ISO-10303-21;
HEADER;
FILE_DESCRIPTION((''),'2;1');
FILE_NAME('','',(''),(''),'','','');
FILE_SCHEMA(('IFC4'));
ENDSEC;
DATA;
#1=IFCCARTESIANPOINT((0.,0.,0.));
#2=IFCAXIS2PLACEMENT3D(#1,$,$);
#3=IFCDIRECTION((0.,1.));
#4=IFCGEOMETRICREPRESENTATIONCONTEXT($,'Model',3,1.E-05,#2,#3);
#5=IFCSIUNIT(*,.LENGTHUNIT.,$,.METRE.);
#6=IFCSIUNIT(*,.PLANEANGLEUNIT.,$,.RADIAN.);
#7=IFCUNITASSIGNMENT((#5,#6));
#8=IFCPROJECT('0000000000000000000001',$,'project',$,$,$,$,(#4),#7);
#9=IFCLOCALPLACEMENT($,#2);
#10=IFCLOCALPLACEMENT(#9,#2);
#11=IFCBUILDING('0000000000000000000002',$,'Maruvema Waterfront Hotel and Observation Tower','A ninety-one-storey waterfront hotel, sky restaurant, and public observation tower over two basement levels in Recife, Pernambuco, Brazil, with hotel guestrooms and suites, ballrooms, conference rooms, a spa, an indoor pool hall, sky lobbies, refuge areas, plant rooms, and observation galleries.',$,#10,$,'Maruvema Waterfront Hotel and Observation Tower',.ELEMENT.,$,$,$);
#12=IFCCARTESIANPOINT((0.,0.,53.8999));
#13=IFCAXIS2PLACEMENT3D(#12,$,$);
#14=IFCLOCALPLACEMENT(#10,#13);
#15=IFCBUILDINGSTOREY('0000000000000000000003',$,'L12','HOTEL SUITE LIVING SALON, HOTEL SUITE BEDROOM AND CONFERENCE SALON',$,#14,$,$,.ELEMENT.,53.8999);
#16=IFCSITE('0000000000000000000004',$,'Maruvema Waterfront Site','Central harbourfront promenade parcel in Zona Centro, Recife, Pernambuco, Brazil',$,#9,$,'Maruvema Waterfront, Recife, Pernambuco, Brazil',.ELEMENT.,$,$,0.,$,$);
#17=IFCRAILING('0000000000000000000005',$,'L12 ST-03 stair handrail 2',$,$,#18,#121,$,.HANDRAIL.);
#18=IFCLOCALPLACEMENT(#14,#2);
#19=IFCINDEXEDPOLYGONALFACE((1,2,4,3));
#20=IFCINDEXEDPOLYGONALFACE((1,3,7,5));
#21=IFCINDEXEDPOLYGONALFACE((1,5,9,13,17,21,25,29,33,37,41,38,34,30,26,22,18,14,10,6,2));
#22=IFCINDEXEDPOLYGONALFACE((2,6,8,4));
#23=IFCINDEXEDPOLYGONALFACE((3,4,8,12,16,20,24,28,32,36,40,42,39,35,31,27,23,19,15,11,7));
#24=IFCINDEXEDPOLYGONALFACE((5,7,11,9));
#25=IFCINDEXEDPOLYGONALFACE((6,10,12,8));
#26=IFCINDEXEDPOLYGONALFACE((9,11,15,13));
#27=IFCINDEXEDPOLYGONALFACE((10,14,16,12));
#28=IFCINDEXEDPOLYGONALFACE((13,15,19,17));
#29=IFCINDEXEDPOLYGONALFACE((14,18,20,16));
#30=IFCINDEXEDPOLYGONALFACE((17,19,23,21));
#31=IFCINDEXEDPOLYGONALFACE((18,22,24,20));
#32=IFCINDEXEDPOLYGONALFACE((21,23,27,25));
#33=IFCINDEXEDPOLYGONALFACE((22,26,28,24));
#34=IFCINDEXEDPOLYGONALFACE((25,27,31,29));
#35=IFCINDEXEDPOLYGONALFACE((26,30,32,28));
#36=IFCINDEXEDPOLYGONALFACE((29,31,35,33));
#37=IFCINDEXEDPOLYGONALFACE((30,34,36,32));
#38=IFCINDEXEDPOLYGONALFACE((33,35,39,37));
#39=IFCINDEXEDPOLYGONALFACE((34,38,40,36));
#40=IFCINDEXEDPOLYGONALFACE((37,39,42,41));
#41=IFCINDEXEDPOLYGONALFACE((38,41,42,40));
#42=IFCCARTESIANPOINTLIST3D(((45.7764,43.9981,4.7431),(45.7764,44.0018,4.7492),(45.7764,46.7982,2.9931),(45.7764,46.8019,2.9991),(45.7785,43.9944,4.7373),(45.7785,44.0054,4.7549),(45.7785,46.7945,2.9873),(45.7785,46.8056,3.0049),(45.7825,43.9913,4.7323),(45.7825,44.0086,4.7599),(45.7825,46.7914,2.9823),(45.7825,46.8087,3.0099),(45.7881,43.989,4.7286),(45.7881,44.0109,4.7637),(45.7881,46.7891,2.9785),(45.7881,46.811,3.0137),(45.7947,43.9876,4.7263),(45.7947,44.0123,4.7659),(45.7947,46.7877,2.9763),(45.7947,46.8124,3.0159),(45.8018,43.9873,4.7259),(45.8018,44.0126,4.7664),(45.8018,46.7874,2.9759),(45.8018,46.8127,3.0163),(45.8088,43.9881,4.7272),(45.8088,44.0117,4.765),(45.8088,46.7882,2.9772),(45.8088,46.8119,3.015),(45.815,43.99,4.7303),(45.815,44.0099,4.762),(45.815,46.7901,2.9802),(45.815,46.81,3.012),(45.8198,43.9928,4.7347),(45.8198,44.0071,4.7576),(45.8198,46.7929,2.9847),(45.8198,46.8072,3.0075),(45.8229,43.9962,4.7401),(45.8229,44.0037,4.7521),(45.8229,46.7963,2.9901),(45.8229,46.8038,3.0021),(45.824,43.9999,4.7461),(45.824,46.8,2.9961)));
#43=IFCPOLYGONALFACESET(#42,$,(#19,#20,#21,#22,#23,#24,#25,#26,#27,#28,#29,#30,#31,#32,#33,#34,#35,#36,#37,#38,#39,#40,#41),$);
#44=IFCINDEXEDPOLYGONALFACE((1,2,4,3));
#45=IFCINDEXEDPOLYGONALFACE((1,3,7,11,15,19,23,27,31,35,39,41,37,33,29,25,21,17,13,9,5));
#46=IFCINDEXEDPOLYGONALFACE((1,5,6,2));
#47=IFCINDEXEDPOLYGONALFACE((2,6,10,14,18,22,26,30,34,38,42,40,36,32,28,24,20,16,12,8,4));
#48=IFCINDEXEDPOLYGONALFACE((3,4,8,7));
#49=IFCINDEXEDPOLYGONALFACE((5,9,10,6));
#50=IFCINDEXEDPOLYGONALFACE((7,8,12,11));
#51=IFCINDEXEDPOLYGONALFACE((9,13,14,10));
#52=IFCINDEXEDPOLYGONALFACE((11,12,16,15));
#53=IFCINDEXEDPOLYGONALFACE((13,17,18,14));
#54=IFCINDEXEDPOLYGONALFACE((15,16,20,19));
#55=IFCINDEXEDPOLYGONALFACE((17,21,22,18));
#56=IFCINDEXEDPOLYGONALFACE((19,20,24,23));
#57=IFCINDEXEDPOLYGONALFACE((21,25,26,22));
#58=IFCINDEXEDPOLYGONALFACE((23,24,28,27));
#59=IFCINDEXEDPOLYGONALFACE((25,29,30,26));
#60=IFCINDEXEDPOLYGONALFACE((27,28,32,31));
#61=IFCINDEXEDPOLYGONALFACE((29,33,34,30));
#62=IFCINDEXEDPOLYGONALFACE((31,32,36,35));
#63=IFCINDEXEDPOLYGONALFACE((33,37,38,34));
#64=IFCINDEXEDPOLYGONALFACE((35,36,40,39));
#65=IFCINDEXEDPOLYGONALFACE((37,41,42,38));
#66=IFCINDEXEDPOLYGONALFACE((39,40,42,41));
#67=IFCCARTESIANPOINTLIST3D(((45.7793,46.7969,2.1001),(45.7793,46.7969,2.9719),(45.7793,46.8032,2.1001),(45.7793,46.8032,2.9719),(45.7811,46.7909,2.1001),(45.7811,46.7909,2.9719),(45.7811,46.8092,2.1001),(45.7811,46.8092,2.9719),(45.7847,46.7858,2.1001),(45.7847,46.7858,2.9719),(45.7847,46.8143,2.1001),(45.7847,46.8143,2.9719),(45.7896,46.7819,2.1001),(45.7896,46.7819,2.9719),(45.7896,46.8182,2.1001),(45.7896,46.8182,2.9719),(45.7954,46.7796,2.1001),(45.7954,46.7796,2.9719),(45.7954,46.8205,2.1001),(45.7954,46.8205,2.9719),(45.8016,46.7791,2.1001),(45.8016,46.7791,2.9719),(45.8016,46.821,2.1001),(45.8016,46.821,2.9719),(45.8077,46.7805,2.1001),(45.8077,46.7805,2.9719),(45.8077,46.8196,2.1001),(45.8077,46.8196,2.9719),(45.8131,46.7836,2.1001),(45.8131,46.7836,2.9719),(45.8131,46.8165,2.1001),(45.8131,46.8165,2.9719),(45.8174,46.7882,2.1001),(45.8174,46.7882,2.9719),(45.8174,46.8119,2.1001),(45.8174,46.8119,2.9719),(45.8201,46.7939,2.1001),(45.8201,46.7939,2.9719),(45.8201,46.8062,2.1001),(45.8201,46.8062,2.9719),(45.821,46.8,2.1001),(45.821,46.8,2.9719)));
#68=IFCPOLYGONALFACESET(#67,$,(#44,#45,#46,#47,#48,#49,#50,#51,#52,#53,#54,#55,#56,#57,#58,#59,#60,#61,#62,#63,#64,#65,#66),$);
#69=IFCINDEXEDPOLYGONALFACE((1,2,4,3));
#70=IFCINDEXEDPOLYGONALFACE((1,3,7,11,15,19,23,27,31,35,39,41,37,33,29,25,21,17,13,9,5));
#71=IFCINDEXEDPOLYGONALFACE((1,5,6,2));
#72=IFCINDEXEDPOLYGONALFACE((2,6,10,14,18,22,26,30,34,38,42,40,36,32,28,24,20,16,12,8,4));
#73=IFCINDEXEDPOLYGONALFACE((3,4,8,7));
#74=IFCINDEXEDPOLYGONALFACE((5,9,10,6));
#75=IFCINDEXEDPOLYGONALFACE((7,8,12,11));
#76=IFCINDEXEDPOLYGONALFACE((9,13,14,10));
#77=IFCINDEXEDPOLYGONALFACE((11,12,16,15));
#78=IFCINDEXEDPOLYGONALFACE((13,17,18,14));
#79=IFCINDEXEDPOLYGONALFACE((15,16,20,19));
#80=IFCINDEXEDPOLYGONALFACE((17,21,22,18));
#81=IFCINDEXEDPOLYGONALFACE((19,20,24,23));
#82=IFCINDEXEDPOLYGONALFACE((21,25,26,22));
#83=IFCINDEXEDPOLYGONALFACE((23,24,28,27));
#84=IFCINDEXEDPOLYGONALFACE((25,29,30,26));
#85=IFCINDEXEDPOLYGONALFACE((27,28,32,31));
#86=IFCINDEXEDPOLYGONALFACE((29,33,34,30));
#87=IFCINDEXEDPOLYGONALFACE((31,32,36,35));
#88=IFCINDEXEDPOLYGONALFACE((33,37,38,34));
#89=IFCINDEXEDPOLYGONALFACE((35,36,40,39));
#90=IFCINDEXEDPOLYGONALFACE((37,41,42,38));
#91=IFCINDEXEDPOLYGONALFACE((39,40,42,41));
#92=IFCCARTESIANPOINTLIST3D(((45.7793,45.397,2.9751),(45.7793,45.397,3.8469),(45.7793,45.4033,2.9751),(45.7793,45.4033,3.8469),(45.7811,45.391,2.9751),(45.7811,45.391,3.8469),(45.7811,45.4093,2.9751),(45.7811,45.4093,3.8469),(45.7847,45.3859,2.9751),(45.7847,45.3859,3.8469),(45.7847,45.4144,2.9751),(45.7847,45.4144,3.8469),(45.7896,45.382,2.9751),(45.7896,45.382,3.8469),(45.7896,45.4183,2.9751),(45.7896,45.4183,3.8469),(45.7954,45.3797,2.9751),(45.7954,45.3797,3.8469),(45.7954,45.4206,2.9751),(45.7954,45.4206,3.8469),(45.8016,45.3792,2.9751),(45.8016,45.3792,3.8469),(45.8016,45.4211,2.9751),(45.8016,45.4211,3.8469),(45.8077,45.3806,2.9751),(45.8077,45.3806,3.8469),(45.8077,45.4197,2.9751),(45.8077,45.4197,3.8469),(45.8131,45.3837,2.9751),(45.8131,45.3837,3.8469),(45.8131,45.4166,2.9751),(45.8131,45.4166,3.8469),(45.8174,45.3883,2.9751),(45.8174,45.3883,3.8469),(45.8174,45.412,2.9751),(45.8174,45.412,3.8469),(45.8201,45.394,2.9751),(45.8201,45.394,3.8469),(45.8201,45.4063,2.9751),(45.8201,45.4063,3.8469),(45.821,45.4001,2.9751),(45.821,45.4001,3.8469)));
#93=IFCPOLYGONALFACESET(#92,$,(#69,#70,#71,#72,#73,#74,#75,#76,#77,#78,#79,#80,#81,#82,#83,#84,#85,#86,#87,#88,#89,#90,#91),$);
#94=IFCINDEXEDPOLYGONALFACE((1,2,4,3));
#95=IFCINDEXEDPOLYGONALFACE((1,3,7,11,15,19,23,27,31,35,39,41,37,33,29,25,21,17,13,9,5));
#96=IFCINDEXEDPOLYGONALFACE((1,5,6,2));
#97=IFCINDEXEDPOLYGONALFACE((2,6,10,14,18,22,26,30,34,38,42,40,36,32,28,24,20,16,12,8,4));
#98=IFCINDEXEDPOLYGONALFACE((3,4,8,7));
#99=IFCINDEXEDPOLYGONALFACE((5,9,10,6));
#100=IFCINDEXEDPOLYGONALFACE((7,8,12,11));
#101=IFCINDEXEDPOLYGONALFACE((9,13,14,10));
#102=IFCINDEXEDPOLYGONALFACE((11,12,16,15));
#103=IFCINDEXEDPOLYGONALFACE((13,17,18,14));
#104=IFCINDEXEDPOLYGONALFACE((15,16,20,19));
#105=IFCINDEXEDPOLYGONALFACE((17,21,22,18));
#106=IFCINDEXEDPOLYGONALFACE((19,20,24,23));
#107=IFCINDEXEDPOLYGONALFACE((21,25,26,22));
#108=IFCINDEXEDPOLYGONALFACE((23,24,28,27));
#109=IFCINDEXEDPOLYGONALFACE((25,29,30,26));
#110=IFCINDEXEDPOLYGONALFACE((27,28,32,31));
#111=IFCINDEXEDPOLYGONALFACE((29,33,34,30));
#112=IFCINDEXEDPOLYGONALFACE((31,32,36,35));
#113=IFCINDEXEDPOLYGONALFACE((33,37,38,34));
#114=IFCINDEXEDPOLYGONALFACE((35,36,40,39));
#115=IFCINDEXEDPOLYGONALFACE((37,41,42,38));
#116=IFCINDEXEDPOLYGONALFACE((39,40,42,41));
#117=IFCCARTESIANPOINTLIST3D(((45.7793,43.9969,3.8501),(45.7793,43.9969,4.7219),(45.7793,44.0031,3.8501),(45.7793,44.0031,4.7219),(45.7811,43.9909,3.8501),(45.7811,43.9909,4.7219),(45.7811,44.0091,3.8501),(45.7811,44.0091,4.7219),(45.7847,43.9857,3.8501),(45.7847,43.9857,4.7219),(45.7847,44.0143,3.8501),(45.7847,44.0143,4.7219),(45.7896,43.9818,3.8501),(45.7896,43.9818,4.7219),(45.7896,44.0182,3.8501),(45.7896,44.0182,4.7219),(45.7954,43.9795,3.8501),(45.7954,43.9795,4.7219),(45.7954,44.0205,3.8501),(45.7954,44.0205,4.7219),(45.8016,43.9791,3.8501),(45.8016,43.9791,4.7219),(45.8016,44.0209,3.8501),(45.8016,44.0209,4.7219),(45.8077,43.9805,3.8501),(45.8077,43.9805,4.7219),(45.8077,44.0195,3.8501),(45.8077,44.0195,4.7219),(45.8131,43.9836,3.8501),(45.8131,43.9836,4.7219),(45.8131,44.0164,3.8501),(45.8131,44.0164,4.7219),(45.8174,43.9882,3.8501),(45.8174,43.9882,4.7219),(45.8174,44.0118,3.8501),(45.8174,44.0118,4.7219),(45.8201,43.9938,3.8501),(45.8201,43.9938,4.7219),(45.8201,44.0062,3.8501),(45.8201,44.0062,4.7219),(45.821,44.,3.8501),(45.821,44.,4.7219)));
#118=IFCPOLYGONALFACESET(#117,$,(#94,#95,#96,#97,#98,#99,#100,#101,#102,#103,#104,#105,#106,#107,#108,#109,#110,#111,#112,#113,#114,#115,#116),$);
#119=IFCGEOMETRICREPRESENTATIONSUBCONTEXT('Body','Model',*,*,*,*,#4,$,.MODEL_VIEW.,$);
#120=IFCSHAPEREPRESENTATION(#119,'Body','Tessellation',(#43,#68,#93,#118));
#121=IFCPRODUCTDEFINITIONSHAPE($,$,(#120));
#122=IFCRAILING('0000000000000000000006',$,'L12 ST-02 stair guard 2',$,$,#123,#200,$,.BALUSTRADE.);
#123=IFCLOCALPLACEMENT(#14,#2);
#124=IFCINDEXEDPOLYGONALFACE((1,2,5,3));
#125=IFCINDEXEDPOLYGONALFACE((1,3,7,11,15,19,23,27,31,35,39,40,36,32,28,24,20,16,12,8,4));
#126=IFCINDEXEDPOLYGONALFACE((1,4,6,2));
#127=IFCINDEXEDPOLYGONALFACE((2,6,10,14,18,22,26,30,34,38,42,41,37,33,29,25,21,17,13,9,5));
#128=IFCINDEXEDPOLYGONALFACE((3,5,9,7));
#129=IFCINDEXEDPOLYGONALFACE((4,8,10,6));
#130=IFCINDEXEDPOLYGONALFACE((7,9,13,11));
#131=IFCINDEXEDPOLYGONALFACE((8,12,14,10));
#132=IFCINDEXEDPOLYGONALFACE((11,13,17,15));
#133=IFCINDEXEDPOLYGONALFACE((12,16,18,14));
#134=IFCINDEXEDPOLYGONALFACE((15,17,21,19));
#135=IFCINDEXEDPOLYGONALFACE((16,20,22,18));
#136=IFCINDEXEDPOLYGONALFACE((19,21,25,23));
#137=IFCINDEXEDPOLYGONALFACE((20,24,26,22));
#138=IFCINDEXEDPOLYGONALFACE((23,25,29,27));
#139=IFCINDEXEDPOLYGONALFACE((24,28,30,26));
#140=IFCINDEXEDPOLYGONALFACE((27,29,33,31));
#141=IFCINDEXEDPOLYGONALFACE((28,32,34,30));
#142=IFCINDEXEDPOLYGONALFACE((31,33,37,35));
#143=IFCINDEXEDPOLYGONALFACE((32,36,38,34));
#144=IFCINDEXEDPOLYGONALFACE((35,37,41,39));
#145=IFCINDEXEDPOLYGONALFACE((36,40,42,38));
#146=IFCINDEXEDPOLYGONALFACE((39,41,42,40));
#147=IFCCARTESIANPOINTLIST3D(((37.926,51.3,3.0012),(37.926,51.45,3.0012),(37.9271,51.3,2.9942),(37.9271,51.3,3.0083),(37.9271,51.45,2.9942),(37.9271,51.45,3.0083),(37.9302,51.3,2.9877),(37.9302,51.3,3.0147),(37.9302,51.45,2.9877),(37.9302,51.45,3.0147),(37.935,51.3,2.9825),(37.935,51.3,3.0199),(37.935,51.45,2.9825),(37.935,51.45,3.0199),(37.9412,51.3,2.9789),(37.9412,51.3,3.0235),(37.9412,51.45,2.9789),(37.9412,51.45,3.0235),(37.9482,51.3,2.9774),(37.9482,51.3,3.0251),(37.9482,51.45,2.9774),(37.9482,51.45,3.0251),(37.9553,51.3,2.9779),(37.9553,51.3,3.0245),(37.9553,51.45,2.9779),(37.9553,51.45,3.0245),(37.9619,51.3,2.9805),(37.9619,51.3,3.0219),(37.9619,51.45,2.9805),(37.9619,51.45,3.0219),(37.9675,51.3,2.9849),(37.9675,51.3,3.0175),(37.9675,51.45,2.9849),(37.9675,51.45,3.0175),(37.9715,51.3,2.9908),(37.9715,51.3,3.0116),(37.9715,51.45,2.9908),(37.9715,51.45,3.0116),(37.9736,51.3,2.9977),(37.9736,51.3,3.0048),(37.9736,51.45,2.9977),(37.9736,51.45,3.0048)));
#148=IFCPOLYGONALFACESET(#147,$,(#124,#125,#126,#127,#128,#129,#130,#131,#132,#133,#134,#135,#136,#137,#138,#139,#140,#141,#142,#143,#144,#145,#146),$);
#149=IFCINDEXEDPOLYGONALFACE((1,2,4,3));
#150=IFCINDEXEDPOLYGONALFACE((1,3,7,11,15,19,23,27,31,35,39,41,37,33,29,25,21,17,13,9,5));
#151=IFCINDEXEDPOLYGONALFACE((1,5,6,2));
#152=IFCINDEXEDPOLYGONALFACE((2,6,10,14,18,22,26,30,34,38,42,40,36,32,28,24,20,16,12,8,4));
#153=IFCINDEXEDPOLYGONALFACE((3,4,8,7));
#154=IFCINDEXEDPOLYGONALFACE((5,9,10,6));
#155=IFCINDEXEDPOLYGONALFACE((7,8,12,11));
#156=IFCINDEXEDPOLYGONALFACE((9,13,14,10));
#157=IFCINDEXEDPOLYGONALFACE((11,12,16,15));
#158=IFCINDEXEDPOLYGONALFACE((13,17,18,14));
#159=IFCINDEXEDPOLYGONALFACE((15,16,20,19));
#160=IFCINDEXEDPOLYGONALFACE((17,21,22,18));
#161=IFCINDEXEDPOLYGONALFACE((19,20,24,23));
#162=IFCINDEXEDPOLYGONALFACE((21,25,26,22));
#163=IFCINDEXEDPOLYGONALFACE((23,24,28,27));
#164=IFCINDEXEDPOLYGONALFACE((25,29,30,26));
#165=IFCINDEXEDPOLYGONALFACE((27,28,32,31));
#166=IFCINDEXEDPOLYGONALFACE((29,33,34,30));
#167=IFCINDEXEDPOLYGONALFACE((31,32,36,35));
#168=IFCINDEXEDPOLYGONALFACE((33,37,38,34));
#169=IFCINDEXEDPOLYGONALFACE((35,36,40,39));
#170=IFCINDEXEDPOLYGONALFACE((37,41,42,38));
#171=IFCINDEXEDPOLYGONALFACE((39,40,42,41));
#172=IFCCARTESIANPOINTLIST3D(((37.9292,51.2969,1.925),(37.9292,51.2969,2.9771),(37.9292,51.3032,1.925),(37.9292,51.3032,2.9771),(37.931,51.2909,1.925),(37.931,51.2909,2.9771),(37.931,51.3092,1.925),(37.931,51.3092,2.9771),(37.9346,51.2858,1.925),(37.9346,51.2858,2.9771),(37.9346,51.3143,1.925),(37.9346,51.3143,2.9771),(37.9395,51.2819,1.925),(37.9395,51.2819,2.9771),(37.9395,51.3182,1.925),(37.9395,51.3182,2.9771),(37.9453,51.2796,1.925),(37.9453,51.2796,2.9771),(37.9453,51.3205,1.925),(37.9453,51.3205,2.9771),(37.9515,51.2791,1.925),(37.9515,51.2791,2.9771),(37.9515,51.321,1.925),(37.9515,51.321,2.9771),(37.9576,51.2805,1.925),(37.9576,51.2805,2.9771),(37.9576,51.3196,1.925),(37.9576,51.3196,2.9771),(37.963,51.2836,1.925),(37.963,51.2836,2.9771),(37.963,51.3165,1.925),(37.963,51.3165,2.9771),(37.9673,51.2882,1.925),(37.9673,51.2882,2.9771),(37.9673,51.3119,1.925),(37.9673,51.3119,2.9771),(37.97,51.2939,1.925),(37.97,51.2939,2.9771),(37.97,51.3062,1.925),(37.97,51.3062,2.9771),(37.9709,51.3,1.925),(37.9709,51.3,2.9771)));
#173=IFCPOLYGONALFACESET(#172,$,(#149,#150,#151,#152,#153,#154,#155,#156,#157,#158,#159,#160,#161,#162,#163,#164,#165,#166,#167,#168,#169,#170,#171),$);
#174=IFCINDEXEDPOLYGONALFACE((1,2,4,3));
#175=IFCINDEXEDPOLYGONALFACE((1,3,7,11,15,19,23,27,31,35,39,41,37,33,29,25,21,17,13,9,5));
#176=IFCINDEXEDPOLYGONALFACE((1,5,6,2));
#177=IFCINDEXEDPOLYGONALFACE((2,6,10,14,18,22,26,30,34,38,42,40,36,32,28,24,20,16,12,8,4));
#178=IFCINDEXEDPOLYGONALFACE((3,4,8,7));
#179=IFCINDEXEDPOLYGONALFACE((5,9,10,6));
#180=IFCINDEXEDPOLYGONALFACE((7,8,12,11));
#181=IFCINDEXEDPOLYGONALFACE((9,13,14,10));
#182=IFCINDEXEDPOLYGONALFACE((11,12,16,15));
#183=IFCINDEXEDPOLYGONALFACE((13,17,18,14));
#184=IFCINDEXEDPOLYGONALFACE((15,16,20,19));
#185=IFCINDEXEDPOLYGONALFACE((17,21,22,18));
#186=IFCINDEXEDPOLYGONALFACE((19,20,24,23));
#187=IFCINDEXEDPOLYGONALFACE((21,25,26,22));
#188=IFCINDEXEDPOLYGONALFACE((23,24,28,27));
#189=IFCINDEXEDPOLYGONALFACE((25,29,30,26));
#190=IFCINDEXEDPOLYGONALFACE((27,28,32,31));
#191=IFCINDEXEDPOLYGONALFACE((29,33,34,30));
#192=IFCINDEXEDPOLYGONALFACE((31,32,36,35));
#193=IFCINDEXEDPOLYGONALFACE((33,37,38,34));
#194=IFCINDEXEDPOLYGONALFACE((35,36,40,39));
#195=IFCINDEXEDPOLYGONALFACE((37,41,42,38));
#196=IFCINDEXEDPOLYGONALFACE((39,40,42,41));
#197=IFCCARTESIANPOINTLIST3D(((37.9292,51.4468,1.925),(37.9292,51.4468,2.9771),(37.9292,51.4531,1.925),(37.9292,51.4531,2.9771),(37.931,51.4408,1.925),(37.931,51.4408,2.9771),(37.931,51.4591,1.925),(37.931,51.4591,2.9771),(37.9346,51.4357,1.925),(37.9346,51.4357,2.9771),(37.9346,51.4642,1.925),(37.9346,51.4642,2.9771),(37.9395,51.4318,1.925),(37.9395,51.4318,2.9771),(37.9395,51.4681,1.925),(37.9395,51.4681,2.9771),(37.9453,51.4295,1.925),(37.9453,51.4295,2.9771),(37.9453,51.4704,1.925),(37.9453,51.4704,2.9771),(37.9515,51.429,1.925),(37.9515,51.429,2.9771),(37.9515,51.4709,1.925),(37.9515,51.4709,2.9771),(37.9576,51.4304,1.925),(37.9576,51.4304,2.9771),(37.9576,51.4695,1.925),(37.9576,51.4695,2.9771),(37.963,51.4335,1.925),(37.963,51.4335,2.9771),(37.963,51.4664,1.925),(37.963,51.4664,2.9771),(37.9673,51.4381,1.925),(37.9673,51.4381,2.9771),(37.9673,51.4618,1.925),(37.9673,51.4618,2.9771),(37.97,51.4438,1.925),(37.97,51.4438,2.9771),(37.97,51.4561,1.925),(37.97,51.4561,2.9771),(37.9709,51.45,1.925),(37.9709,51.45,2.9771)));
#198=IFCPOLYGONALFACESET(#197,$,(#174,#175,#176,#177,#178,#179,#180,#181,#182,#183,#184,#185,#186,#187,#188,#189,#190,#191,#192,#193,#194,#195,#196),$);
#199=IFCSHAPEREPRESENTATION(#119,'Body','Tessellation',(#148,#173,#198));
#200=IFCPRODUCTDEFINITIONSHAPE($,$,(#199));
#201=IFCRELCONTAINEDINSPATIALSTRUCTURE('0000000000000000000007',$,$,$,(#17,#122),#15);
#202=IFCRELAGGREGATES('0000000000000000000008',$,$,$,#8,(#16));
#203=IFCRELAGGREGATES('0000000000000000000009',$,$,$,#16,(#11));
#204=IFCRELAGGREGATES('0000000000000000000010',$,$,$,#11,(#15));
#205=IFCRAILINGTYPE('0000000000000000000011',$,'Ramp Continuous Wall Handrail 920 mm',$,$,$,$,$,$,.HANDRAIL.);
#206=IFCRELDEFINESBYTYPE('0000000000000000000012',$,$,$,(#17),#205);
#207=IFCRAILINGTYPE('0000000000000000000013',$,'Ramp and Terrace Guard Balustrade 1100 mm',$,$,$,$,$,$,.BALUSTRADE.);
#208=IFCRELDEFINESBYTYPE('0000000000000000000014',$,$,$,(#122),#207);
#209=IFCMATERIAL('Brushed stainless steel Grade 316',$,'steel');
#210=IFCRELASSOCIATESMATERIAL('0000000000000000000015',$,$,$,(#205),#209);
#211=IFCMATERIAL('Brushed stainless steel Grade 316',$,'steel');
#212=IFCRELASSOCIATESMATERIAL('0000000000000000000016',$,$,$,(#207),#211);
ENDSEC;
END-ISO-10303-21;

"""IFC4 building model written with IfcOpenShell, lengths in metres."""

from ifc_helpers import new_model, si_unit, direction, frame, origin, origin_2d, place, context, subcontext, project, spatial, circle, extrude, material, type_object, element, save


model = new_model("IFC4")

# Units and contexts
model_context = context("Model", 3, precision=1e-05, world=origin(), true_north=direction((0.0, 1.0)))
body_context = subcontext(model_context, "Body", "Model", "MODEL_VIEW")
ifc_project = project(units=[si_unit("LENGTHUNIT", "METRE"), si_unit("PLANEANGLEUNIT", "RADIAN")], contexts=[model_context])

# Site, building, storey
site_placement = place(None, origin())
site = spatial("IfcSite", under=ifc_project, at=site_placement, Name="Maruvema Waterfront Site", Description="Central harbourfront promenade parcel in Zona Centro, Recife, Pernambuco, Brazil", LongName="Maruvema Waterfront, Recife, Pernambuco, Brazil", CompositionType="ELEMENT", RefElevation=0.0)
building_placement = place(site_placement, origin())
building = spatial("IfcBuilding", under=site, at=building_placement, Name="Maruvema Waterfront Hotel and Observation Tower", Description="A ninety-one-storey waterfront hotel, sky restaurant, and public observation tower over two basement levels in Recife, Pernambuco, Brazil, with hotel guestrooms and suites, ballrooms, conference rooms, a spa, an indoor pool hall, sky lobbies, refuge areas, plant rooms, and observation galleries.", LongName="Maruvema Waterfront Hotel and Observation Tower", CompositionType="ELEMENT")
storey_placement = place(building_placement, frame((0.0, 0.0, 53.8999)))
storey = spatial("IfcBuildingStorey", under=building, at=storey_placement, Name="L12", Description="HOTEL SUITE LIVING SALON, HOTEL SUITE BEDROOM AND CONFERENCE SALON", CompositionType="ELEMENT", Elevation=53.8999)

# Railings
ifc_material_1 = material(Name="Brushed stainless steel Grade 316", Category="steel")
railing_type_1 = type_object("IfcRailingType", Name="Ramp Continuous Wall Handrail 920 mm", PredefinedType="HANDRAIL", material=ifc_material_1)
railing_1_placement = place(storey_placement, frame((45.8, 46.8, 2.1001)))
element("IfcRailing", 1, at=railing_1_placement, inside=storey, type_object=railing_type_1, Name="L12 ST-03 stair handrail 2", PredefinedType="HANDRAIL", context=body_context, shape_type="SweptSolid", body=[
    extrude(circle(Radius=0.0239, at=origin_2d()), frame((0.0, 0.0, 0.896), z_axis=(0.0, -0.848002, 0.529992), x_axis=(1.0, 0.0, 0.0)), (0.0, 0.0, 1.0), 3.302),
    extrude(circle(Radius=0.021, at=origin_2d()), origin(), (0.0, 0.0, 1.0), 0.8718),
    extrude(circle(Radius=0.021, at=origin_2d()), frame((0.0, -1.3999, 0.875)), (0.0, 0.0, 1.0), 0.8718),
    extrude(circle(Radius=0.021, at=origin_2d()), frame((0.0, -2.8, 1.75)), (0.0, 0.0, 1.0), 0.8718),
])
ifc_material_2 = material(Name="Brushed stainless steel Grade 316", Category="steel")
railing_type_2 = type_object("IfcRailingType", Name="Ramp and Terrace Guard Balustrade 1100 mm", PredefinedType="BALUSTRADE", material=ifc_material_2)
railing_2_placement = place(storey_placement, frame((37.95, 51.3, 1.925)))
element("IfcRailing", 2, at=railing_2_placement, inside=storey, type_object=railing_type_2, Name="L12 ST-02 stair guard 2", PredefinedType="BALUSTRADE", context=body_context, shape_type="SweptSolid", body=[
    extrude(circle(Radius=0.0239, at=origin_2d()), frame((0.0, 0.0, 1.0762), z_axis=(0.0, 1.0, 0.0), x_axis=(-1.0, 0.0, 0.0)), (0.0, 0.0, 1.0), 0.1499),
    extrude(circle(Radius=0.021, at=origin_2d()), origin(), (0.0, 0.0, 1.0), 1.052),
    extrude(circle(Radius=0.021, at=origin_2d()), frame((0.0, 0.1499, 0.0)), (0.0, 0.0, 1.0), 1.052),
])

save(model, "model.ifc")
